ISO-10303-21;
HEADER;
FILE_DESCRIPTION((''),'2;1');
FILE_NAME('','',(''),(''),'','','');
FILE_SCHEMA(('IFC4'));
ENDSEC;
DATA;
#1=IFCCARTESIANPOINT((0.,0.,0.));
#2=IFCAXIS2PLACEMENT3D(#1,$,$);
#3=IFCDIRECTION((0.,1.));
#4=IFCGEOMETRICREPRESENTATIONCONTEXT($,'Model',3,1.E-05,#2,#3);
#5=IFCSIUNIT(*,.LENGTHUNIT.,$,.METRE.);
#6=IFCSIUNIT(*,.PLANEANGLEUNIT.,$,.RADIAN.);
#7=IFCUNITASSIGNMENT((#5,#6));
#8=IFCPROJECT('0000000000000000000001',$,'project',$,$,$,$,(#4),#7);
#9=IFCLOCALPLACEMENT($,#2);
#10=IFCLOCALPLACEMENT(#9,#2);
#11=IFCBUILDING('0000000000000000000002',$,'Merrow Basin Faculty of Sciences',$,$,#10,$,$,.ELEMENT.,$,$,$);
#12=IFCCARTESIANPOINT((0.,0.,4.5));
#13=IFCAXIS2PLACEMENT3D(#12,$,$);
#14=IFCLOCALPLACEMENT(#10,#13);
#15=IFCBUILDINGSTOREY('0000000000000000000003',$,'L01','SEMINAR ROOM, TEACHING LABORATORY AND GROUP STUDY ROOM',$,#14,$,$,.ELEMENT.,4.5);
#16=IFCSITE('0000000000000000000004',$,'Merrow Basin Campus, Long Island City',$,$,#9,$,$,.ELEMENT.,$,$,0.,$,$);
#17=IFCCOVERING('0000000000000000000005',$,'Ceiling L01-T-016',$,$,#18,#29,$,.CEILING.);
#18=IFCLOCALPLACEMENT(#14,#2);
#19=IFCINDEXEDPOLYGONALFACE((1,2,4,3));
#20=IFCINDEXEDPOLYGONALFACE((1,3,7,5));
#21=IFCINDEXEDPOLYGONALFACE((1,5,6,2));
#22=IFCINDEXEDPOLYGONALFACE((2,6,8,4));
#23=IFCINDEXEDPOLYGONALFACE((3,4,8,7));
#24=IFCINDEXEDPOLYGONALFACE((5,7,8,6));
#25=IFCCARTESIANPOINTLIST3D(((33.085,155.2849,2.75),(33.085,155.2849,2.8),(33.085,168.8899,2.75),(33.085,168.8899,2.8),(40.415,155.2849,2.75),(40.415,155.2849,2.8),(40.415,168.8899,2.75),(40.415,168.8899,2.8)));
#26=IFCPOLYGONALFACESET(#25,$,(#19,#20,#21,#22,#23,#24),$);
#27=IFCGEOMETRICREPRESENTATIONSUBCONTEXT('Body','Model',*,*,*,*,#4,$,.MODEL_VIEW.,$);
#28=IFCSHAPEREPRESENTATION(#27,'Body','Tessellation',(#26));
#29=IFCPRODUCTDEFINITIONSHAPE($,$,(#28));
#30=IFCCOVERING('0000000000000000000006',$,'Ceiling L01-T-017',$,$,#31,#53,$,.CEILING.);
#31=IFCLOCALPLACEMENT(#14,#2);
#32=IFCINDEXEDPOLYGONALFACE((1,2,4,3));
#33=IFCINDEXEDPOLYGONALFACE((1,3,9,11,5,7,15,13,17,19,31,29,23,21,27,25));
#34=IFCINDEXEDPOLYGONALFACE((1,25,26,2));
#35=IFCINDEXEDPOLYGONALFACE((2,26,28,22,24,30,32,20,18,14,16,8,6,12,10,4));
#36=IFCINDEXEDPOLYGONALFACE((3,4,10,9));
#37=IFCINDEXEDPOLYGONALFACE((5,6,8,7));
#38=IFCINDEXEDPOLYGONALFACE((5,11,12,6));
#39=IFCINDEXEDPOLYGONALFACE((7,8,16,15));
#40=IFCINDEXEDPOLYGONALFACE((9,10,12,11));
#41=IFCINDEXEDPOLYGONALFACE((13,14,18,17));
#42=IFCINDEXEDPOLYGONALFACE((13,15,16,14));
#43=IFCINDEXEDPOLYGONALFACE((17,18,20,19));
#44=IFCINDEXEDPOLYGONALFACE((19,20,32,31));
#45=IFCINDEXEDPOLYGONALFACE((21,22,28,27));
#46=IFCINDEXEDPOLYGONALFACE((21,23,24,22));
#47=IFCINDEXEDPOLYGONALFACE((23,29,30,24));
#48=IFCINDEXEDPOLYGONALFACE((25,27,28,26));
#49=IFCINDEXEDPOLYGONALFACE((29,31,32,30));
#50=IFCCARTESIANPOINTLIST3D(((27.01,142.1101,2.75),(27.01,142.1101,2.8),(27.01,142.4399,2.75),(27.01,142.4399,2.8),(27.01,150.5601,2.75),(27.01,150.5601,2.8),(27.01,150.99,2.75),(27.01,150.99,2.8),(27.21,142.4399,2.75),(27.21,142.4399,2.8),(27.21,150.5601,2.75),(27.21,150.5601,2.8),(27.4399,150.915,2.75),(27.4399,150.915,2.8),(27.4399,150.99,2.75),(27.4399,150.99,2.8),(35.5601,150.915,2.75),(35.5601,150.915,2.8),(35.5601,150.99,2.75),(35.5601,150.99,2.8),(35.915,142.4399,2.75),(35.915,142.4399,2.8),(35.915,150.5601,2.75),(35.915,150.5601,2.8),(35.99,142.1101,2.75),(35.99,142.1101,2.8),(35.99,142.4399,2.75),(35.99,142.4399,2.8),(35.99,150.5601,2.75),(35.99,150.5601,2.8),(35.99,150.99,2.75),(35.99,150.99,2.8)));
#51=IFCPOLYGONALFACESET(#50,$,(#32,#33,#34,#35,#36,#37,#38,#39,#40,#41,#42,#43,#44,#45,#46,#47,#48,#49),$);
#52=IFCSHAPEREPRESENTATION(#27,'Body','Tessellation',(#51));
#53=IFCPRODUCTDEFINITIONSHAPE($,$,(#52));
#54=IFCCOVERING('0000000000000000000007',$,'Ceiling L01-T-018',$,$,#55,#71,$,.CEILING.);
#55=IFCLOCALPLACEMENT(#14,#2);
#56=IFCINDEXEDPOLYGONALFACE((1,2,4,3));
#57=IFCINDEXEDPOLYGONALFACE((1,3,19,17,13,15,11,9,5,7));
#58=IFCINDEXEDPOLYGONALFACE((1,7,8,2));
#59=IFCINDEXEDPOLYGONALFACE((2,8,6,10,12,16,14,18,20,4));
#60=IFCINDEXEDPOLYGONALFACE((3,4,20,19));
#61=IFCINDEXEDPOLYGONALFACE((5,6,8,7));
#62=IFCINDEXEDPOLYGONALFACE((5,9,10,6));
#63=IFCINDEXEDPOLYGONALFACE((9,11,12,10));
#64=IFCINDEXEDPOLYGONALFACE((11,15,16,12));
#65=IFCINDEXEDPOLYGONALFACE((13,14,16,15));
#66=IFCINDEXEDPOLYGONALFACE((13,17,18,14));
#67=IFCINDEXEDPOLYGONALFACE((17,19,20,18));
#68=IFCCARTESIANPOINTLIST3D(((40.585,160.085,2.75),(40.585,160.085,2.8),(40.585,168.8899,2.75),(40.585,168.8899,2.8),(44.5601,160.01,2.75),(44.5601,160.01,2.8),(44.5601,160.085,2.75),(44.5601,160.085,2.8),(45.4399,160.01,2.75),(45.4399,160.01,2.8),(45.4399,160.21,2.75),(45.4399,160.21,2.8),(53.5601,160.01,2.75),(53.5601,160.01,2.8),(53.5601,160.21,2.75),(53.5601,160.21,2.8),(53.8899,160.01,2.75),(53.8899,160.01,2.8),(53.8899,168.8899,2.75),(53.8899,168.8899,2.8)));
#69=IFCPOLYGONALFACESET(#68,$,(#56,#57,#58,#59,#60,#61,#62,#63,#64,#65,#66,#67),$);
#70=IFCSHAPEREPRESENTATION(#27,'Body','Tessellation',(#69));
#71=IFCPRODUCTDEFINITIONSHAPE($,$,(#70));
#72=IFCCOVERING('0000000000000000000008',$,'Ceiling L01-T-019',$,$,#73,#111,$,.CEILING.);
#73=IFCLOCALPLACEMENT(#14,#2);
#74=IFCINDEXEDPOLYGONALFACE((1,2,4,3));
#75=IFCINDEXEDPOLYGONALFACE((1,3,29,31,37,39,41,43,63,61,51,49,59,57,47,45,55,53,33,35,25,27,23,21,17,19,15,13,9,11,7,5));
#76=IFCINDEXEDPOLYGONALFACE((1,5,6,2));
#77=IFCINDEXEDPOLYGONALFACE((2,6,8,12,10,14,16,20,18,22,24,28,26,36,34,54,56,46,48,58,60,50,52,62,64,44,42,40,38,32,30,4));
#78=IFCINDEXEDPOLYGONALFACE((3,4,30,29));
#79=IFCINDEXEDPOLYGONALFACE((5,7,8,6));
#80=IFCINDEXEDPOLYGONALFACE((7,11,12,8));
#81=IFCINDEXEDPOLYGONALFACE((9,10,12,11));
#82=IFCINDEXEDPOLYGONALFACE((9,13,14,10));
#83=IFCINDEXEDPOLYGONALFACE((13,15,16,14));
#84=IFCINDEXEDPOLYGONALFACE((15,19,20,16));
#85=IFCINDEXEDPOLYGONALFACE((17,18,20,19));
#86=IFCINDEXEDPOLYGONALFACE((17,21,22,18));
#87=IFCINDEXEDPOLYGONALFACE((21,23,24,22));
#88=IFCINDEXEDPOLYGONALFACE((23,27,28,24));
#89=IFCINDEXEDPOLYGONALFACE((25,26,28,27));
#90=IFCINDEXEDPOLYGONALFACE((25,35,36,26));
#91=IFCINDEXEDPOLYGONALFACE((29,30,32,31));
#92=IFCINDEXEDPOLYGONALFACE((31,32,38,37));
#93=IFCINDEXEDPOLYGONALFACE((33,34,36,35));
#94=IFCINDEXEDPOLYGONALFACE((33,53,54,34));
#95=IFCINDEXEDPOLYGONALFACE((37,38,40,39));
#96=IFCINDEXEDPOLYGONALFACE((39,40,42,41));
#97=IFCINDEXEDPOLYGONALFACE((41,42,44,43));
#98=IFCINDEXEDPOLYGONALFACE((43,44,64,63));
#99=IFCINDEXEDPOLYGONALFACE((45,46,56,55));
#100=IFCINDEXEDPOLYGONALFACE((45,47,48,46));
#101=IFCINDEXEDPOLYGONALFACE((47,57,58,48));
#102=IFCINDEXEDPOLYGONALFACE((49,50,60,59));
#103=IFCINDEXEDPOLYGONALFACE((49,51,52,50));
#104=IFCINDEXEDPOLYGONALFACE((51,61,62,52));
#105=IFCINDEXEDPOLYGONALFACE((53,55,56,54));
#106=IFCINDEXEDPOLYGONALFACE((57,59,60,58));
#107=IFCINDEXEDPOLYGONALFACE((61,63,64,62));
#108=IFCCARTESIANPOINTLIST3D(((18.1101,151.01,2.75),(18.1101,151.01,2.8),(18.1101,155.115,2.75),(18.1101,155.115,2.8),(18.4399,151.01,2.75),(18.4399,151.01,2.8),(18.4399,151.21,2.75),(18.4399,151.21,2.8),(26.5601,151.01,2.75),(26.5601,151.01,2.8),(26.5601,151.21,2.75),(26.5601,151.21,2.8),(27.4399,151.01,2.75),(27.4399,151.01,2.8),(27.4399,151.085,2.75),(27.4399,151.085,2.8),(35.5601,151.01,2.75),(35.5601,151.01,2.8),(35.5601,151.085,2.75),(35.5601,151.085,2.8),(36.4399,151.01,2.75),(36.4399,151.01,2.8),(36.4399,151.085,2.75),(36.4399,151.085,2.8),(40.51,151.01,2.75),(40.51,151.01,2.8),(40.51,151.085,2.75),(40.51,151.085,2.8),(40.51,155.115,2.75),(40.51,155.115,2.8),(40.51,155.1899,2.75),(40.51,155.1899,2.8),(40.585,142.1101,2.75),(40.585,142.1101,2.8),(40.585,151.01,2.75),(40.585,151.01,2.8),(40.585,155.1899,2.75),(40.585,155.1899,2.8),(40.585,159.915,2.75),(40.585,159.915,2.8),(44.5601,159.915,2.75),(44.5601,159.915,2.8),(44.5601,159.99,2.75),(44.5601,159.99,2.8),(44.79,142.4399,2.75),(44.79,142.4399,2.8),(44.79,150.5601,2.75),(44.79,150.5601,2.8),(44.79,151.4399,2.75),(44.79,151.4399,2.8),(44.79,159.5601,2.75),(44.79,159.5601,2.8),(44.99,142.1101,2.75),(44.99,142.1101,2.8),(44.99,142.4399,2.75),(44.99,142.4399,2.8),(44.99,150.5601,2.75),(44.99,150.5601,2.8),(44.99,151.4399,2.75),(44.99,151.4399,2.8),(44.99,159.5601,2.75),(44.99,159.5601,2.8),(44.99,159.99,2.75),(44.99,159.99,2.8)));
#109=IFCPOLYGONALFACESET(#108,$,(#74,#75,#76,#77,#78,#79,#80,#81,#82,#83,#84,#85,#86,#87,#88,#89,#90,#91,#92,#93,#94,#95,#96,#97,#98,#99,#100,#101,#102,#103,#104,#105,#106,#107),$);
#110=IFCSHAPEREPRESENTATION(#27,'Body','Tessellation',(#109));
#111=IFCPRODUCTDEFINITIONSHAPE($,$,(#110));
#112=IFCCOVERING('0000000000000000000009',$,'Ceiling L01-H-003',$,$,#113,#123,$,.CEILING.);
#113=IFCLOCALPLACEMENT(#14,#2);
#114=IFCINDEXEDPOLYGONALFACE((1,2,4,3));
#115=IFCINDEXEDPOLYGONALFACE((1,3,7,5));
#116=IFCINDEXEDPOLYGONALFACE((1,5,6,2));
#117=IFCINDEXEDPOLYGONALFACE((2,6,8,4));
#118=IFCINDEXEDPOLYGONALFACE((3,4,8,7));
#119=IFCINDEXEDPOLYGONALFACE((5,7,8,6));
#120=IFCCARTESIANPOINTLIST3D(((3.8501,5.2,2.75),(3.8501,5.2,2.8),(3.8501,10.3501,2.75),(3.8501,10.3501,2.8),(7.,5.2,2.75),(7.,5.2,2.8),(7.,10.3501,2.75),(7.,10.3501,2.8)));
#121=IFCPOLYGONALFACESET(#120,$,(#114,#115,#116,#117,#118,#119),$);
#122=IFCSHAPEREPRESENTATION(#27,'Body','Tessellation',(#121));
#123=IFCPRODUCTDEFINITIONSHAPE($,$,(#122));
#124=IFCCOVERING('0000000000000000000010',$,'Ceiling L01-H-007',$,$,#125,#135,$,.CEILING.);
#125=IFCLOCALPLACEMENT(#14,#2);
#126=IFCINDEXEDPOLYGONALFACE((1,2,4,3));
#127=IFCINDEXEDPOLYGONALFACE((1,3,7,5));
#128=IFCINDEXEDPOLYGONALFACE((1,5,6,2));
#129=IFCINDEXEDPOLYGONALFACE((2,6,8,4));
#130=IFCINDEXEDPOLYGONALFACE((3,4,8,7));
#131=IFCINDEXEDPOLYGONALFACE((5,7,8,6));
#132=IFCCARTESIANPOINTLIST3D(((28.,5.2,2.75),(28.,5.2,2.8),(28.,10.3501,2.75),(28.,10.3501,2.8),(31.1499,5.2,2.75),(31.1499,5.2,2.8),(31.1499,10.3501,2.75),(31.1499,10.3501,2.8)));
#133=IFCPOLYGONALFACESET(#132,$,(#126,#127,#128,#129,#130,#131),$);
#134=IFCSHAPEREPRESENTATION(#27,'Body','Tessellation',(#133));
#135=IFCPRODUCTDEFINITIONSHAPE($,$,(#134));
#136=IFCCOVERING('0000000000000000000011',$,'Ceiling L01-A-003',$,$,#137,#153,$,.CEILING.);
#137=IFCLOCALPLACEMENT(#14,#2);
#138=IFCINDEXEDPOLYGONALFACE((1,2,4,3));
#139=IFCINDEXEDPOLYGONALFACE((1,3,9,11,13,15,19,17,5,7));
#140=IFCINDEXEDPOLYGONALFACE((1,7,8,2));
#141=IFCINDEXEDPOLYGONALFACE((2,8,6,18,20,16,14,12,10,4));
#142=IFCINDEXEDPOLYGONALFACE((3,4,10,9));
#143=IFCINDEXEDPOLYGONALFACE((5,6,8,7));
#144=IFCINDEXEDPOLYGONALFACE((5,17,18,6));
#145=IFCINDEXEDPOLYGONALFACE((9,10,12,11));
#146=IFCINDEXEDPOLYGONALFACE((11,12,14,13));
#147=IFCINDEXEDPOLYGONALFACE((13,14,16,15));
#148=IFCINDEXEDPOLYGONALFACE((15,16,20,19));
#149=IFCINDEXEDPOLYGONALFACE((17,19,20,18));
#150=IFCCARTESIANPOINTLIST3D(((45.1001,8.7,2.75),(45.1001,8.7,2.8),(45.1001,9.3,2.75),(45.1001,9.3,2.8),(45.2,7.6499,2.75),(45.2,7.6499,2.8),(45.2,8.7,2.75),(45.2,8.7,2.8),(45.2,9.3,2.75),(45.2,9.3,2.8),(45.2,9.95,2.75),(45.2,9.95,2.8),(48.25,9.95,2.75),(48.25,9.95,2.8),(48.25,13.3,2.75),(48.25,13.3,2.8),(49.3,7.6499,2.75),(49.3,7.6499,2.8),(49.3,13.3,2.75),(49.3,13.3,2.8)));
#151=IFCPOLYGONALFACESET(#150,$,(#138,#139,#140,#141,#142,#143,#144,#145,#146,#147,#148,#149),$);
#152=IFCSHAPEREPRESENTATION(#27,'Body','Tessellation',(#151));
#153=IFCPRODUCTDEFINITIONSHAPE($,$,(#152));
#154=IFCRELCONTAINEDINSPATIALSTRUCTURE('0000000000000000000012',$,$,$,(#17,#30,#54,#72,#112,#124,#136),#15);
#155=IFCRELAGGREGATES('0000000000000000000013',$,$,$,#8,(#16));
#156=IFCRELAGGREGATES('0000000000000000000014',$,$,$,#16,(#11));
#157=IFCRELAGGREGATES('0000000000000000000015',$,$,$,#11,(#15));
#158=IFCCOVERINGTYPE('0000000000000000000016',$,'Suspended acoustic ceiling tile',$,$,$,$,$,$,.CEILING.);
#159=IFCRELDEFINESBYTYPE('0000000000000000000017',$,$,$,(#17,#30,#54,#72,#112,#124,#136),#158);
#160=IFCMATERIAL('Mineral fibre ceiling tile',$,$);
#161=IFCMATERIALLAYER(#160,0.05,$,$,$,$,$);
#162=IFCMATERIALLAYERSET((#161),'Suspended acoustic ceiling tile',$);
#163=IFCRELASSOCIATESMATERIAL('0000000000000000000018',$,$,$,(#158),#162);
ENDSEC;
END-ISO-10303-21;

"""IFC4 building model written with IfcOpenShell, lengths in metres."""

from ifc_helpers import new_model, si_unit, direction, frame, origin, place, context, subcontext, project, spatial, polyline, outline, extrude, material, layer, layer_set, type_object, element, save


model = new_model("IFC4")

# Units and contexts
model_context = context("Model", 3, precision=1e-05, world=origin(), true_north=direction((0.0, 1.0)))
body_context = subcontext(model_context, "Body", "Model", "MODEL_VIEW")
ifc_project = project(units=[si_unit("LENGTHUNIT", "METRE"), si_unit("PLANEANGLEUNIT", "RADIAN")], contexts=[model_context])

# Site, building, storey
site_placement = place(None, origin())
site = spatial("IfcSite", under=ifc_project, at=site_placement, Name="Merrow Basin Campus, Long Island City", CompositionType="ELEMENT", RefElevation=0.0)
building_placement = place(site_placement, origin())
building = spatial("IfcBuilding", under=site, at=building_placement, Name="Merrow Basin Faculty of Sciences", CompositionType="ELEMENT")
storey_placement = place(building_placement, frame((0.0, 0.0, 4.5)))
storey = spatial("IfcBuildingStorey", under=building, at=storey_placement, Name="L01", Description="SEMINAR ROOM, TEACHING LABORATORY AND GROUP STUDY ROOM", CompositionType="ELEMENT", Elevation=4.5)

# Coverings
ifc_material_1 = material(Name="Mineral fibre ceiling tile")
ifc_layer_1 = layer(ifc_material_1, 0.05)
ifc_layer_set_1 = layer_set([ifc_layer_1], Name="Suspended acoustic ceiling tile")
covering_type_1 = type_object("IfcCoveringType", Name="Suspended acoustic ceiling tile", PredefinedType="CEILING", material=ifc_layer_set_1)
covering_1_placement = place(storey_placement, frame((0.0, 0.0, 2.75)))
element("IfcCovering", 1, at=covering_1_placement, inside=storey, type_object=covering_type_1, Name="Ceiling L01-T-016", PredefinedType="CEILING", context=body_context, shape_type="SweptSolid", body=[
    extrude(outline(polyline([(40.415, 168.8899), (40.415, 155.2849), (33.085, 155.2849), (33.085, 168.8899), (40.415, 168.8899)])), origin(), (0.0, 0.0, 1.0), 0.05),
])
covering_2_placement = place(storey_placement, frame((0.0, 0.0, 2.75)))
element("IfcCovering", 2, at=covering_2_placement, inside=storey, type_object=covering_type_1, Name="Ceiling L01-T-017", PredefinedType="CEILING", context=body_context, shape_type="SweptSolid", body=[
    extrude(outline(polyline([(27.4399, 150.99), (27.4399, 150.915), (35.5601, 150.915), (35.5601, 150.99), (35.99, 150.99), (35.99, 150.5601), (35.915, 150.5601), (35.915, 142.4399), (35.99, 142.4399), (35.99, 142.1101), (27.01, 142.1101), (27.01, 142.4399), (27.21, 142.4399), (27.21, 150.5601), (27.01, 150.5601), (27.01, 150.99), (27.4399, 150.99)])), origin(), (0.0, 0.0, 1.0), 0.05),
])
covering_3_placement = place(storey_placement, frame((0.0, 0.0, 2.75)))
element("IfcCovering", 3, at=covering_3_placement, inside=storey, type_object=covering_type_1, Name="Ceiling L01-T-018", PredefinedType="CEILING", context=body_context, shape_type="SweptSolid", body=[
    extrude(outline(polyline([(53.8899, 168.8899), (53.8899, 160.01), (53.5601, 160.01), (53.5601, 160.21), (45.4399, 160.21), (45.4399, 160.01), (44.5601, 160.01), (44.5601, 160.085), (40.585, 160.085), (40.585, 168.8899), (53.8899, 168.8899)])), origin(), (0.0, 0.0, 1.0), 0.05),
])
covering_4_placement = place(storey_placement, frame((0.0, 0.0, 2.75)))
element("IfcCovering", 4, at=covering_4_placement, inside=storey, type_object=covering_type_1, Name="Ceiling L01-T-019", PredefinedType="CEILING", context=body_context, shape_type="SweptSolid", body=[
    extrude(outline(polyline([(44.99, 159.5601), (44.79, 159.5601), (44.79, 151.4399), (44.99, 151.4399), (44.99, 150.5601), (44.79, 150.5601), (44.79, 142.4399), (44.99, 142.4399), (44.99, 142.1101), (40.585, 142.1101), (40.585, 151.01), (40.51, 151.01), (40.51, 151.085), (36.4399, 151.085), (36.4399, 151.01), (35.5601, 151.01), (35.5601, 151.085), (27.4399, 151.085), (27.4399, 151.01), (26.5601, 151.01), (26.5601, 151.21), (18.4399, 151.21), (18.4399, 151.01), (18.1101, 151.01), (18.1101, 155.115), (40.51, 155.115), (40.51, 155.1899), (40.585, 155.1899), (40.585, 159.915), (44.5601, 159.915), (44.5601, 159.99), (44.99, 159.99), (44.99, 159.5601)])), origin(), (0.0, 0.0, 1.0), 0.05),
])
covering_5_placement = place(storey_placement, frame((0.0, 0.0, 2.75)))
element("IfcCovering", 5, at=covering_5_placement, inside=storey, type_object=covering_type_1, Name="Ceiling L01-H-003", PredefinedType="CEILING", context=body_context, shape_type="SweptSolid", body=[
    extrude(outline(polyline([(3.8501, 5.2), (3.8501, 10.3501), (7.0, 10.3501), (7.0, 5.2), (3.8501, 5.2)])), origin(), (0.0, 0.0, 1.0), 0.05),
])
covering_6_placement = place(storey_placement, frame((0.0, 0.0, 2.75)))
element("IfcCovering", 6, at=covering_6_placement, inside=storey, type_object=covering_type_1, Name="Ceiling L01-H-007", PredefinedType="CEILING", context=body_context, shape_type="SweptSolid", body=[
    extrude(outline(polyline([(28.0, 5.2), (28.0, 10.3501), (31.1499, 10.3501), (31.1499, 5.2), (28.0, 5.2)])), origin(), (0.0, 0.0, 1.0), 0.05),
])
covering_7_placement = place(storey_placement, frame((0.0, 0.0, 2.75)))
element("IfcCovering", 7, at=covering_7_placement, inside=storey, type_object=covering_type_1, Name="Ceiling L01-A-003", PredefinedType="CEILING", context=body_context, shape_type="SweptSolid", body=[
    extrude(outline(polyline([(45.1001, 9.3), (45.2, 9.3), (45.2, 9.95), (48.25, 9.95), (48.25, 13.3), (49.3, 13.3), (49.3, 7.6499), (45.2, 7.6499), (45.2, 8.7), (45.1001, 8.7), (45.1001, 9.3)])), origin(), (0.0, 0.0, 1.0), 0.05),
])

save(model, "model.ifc")
